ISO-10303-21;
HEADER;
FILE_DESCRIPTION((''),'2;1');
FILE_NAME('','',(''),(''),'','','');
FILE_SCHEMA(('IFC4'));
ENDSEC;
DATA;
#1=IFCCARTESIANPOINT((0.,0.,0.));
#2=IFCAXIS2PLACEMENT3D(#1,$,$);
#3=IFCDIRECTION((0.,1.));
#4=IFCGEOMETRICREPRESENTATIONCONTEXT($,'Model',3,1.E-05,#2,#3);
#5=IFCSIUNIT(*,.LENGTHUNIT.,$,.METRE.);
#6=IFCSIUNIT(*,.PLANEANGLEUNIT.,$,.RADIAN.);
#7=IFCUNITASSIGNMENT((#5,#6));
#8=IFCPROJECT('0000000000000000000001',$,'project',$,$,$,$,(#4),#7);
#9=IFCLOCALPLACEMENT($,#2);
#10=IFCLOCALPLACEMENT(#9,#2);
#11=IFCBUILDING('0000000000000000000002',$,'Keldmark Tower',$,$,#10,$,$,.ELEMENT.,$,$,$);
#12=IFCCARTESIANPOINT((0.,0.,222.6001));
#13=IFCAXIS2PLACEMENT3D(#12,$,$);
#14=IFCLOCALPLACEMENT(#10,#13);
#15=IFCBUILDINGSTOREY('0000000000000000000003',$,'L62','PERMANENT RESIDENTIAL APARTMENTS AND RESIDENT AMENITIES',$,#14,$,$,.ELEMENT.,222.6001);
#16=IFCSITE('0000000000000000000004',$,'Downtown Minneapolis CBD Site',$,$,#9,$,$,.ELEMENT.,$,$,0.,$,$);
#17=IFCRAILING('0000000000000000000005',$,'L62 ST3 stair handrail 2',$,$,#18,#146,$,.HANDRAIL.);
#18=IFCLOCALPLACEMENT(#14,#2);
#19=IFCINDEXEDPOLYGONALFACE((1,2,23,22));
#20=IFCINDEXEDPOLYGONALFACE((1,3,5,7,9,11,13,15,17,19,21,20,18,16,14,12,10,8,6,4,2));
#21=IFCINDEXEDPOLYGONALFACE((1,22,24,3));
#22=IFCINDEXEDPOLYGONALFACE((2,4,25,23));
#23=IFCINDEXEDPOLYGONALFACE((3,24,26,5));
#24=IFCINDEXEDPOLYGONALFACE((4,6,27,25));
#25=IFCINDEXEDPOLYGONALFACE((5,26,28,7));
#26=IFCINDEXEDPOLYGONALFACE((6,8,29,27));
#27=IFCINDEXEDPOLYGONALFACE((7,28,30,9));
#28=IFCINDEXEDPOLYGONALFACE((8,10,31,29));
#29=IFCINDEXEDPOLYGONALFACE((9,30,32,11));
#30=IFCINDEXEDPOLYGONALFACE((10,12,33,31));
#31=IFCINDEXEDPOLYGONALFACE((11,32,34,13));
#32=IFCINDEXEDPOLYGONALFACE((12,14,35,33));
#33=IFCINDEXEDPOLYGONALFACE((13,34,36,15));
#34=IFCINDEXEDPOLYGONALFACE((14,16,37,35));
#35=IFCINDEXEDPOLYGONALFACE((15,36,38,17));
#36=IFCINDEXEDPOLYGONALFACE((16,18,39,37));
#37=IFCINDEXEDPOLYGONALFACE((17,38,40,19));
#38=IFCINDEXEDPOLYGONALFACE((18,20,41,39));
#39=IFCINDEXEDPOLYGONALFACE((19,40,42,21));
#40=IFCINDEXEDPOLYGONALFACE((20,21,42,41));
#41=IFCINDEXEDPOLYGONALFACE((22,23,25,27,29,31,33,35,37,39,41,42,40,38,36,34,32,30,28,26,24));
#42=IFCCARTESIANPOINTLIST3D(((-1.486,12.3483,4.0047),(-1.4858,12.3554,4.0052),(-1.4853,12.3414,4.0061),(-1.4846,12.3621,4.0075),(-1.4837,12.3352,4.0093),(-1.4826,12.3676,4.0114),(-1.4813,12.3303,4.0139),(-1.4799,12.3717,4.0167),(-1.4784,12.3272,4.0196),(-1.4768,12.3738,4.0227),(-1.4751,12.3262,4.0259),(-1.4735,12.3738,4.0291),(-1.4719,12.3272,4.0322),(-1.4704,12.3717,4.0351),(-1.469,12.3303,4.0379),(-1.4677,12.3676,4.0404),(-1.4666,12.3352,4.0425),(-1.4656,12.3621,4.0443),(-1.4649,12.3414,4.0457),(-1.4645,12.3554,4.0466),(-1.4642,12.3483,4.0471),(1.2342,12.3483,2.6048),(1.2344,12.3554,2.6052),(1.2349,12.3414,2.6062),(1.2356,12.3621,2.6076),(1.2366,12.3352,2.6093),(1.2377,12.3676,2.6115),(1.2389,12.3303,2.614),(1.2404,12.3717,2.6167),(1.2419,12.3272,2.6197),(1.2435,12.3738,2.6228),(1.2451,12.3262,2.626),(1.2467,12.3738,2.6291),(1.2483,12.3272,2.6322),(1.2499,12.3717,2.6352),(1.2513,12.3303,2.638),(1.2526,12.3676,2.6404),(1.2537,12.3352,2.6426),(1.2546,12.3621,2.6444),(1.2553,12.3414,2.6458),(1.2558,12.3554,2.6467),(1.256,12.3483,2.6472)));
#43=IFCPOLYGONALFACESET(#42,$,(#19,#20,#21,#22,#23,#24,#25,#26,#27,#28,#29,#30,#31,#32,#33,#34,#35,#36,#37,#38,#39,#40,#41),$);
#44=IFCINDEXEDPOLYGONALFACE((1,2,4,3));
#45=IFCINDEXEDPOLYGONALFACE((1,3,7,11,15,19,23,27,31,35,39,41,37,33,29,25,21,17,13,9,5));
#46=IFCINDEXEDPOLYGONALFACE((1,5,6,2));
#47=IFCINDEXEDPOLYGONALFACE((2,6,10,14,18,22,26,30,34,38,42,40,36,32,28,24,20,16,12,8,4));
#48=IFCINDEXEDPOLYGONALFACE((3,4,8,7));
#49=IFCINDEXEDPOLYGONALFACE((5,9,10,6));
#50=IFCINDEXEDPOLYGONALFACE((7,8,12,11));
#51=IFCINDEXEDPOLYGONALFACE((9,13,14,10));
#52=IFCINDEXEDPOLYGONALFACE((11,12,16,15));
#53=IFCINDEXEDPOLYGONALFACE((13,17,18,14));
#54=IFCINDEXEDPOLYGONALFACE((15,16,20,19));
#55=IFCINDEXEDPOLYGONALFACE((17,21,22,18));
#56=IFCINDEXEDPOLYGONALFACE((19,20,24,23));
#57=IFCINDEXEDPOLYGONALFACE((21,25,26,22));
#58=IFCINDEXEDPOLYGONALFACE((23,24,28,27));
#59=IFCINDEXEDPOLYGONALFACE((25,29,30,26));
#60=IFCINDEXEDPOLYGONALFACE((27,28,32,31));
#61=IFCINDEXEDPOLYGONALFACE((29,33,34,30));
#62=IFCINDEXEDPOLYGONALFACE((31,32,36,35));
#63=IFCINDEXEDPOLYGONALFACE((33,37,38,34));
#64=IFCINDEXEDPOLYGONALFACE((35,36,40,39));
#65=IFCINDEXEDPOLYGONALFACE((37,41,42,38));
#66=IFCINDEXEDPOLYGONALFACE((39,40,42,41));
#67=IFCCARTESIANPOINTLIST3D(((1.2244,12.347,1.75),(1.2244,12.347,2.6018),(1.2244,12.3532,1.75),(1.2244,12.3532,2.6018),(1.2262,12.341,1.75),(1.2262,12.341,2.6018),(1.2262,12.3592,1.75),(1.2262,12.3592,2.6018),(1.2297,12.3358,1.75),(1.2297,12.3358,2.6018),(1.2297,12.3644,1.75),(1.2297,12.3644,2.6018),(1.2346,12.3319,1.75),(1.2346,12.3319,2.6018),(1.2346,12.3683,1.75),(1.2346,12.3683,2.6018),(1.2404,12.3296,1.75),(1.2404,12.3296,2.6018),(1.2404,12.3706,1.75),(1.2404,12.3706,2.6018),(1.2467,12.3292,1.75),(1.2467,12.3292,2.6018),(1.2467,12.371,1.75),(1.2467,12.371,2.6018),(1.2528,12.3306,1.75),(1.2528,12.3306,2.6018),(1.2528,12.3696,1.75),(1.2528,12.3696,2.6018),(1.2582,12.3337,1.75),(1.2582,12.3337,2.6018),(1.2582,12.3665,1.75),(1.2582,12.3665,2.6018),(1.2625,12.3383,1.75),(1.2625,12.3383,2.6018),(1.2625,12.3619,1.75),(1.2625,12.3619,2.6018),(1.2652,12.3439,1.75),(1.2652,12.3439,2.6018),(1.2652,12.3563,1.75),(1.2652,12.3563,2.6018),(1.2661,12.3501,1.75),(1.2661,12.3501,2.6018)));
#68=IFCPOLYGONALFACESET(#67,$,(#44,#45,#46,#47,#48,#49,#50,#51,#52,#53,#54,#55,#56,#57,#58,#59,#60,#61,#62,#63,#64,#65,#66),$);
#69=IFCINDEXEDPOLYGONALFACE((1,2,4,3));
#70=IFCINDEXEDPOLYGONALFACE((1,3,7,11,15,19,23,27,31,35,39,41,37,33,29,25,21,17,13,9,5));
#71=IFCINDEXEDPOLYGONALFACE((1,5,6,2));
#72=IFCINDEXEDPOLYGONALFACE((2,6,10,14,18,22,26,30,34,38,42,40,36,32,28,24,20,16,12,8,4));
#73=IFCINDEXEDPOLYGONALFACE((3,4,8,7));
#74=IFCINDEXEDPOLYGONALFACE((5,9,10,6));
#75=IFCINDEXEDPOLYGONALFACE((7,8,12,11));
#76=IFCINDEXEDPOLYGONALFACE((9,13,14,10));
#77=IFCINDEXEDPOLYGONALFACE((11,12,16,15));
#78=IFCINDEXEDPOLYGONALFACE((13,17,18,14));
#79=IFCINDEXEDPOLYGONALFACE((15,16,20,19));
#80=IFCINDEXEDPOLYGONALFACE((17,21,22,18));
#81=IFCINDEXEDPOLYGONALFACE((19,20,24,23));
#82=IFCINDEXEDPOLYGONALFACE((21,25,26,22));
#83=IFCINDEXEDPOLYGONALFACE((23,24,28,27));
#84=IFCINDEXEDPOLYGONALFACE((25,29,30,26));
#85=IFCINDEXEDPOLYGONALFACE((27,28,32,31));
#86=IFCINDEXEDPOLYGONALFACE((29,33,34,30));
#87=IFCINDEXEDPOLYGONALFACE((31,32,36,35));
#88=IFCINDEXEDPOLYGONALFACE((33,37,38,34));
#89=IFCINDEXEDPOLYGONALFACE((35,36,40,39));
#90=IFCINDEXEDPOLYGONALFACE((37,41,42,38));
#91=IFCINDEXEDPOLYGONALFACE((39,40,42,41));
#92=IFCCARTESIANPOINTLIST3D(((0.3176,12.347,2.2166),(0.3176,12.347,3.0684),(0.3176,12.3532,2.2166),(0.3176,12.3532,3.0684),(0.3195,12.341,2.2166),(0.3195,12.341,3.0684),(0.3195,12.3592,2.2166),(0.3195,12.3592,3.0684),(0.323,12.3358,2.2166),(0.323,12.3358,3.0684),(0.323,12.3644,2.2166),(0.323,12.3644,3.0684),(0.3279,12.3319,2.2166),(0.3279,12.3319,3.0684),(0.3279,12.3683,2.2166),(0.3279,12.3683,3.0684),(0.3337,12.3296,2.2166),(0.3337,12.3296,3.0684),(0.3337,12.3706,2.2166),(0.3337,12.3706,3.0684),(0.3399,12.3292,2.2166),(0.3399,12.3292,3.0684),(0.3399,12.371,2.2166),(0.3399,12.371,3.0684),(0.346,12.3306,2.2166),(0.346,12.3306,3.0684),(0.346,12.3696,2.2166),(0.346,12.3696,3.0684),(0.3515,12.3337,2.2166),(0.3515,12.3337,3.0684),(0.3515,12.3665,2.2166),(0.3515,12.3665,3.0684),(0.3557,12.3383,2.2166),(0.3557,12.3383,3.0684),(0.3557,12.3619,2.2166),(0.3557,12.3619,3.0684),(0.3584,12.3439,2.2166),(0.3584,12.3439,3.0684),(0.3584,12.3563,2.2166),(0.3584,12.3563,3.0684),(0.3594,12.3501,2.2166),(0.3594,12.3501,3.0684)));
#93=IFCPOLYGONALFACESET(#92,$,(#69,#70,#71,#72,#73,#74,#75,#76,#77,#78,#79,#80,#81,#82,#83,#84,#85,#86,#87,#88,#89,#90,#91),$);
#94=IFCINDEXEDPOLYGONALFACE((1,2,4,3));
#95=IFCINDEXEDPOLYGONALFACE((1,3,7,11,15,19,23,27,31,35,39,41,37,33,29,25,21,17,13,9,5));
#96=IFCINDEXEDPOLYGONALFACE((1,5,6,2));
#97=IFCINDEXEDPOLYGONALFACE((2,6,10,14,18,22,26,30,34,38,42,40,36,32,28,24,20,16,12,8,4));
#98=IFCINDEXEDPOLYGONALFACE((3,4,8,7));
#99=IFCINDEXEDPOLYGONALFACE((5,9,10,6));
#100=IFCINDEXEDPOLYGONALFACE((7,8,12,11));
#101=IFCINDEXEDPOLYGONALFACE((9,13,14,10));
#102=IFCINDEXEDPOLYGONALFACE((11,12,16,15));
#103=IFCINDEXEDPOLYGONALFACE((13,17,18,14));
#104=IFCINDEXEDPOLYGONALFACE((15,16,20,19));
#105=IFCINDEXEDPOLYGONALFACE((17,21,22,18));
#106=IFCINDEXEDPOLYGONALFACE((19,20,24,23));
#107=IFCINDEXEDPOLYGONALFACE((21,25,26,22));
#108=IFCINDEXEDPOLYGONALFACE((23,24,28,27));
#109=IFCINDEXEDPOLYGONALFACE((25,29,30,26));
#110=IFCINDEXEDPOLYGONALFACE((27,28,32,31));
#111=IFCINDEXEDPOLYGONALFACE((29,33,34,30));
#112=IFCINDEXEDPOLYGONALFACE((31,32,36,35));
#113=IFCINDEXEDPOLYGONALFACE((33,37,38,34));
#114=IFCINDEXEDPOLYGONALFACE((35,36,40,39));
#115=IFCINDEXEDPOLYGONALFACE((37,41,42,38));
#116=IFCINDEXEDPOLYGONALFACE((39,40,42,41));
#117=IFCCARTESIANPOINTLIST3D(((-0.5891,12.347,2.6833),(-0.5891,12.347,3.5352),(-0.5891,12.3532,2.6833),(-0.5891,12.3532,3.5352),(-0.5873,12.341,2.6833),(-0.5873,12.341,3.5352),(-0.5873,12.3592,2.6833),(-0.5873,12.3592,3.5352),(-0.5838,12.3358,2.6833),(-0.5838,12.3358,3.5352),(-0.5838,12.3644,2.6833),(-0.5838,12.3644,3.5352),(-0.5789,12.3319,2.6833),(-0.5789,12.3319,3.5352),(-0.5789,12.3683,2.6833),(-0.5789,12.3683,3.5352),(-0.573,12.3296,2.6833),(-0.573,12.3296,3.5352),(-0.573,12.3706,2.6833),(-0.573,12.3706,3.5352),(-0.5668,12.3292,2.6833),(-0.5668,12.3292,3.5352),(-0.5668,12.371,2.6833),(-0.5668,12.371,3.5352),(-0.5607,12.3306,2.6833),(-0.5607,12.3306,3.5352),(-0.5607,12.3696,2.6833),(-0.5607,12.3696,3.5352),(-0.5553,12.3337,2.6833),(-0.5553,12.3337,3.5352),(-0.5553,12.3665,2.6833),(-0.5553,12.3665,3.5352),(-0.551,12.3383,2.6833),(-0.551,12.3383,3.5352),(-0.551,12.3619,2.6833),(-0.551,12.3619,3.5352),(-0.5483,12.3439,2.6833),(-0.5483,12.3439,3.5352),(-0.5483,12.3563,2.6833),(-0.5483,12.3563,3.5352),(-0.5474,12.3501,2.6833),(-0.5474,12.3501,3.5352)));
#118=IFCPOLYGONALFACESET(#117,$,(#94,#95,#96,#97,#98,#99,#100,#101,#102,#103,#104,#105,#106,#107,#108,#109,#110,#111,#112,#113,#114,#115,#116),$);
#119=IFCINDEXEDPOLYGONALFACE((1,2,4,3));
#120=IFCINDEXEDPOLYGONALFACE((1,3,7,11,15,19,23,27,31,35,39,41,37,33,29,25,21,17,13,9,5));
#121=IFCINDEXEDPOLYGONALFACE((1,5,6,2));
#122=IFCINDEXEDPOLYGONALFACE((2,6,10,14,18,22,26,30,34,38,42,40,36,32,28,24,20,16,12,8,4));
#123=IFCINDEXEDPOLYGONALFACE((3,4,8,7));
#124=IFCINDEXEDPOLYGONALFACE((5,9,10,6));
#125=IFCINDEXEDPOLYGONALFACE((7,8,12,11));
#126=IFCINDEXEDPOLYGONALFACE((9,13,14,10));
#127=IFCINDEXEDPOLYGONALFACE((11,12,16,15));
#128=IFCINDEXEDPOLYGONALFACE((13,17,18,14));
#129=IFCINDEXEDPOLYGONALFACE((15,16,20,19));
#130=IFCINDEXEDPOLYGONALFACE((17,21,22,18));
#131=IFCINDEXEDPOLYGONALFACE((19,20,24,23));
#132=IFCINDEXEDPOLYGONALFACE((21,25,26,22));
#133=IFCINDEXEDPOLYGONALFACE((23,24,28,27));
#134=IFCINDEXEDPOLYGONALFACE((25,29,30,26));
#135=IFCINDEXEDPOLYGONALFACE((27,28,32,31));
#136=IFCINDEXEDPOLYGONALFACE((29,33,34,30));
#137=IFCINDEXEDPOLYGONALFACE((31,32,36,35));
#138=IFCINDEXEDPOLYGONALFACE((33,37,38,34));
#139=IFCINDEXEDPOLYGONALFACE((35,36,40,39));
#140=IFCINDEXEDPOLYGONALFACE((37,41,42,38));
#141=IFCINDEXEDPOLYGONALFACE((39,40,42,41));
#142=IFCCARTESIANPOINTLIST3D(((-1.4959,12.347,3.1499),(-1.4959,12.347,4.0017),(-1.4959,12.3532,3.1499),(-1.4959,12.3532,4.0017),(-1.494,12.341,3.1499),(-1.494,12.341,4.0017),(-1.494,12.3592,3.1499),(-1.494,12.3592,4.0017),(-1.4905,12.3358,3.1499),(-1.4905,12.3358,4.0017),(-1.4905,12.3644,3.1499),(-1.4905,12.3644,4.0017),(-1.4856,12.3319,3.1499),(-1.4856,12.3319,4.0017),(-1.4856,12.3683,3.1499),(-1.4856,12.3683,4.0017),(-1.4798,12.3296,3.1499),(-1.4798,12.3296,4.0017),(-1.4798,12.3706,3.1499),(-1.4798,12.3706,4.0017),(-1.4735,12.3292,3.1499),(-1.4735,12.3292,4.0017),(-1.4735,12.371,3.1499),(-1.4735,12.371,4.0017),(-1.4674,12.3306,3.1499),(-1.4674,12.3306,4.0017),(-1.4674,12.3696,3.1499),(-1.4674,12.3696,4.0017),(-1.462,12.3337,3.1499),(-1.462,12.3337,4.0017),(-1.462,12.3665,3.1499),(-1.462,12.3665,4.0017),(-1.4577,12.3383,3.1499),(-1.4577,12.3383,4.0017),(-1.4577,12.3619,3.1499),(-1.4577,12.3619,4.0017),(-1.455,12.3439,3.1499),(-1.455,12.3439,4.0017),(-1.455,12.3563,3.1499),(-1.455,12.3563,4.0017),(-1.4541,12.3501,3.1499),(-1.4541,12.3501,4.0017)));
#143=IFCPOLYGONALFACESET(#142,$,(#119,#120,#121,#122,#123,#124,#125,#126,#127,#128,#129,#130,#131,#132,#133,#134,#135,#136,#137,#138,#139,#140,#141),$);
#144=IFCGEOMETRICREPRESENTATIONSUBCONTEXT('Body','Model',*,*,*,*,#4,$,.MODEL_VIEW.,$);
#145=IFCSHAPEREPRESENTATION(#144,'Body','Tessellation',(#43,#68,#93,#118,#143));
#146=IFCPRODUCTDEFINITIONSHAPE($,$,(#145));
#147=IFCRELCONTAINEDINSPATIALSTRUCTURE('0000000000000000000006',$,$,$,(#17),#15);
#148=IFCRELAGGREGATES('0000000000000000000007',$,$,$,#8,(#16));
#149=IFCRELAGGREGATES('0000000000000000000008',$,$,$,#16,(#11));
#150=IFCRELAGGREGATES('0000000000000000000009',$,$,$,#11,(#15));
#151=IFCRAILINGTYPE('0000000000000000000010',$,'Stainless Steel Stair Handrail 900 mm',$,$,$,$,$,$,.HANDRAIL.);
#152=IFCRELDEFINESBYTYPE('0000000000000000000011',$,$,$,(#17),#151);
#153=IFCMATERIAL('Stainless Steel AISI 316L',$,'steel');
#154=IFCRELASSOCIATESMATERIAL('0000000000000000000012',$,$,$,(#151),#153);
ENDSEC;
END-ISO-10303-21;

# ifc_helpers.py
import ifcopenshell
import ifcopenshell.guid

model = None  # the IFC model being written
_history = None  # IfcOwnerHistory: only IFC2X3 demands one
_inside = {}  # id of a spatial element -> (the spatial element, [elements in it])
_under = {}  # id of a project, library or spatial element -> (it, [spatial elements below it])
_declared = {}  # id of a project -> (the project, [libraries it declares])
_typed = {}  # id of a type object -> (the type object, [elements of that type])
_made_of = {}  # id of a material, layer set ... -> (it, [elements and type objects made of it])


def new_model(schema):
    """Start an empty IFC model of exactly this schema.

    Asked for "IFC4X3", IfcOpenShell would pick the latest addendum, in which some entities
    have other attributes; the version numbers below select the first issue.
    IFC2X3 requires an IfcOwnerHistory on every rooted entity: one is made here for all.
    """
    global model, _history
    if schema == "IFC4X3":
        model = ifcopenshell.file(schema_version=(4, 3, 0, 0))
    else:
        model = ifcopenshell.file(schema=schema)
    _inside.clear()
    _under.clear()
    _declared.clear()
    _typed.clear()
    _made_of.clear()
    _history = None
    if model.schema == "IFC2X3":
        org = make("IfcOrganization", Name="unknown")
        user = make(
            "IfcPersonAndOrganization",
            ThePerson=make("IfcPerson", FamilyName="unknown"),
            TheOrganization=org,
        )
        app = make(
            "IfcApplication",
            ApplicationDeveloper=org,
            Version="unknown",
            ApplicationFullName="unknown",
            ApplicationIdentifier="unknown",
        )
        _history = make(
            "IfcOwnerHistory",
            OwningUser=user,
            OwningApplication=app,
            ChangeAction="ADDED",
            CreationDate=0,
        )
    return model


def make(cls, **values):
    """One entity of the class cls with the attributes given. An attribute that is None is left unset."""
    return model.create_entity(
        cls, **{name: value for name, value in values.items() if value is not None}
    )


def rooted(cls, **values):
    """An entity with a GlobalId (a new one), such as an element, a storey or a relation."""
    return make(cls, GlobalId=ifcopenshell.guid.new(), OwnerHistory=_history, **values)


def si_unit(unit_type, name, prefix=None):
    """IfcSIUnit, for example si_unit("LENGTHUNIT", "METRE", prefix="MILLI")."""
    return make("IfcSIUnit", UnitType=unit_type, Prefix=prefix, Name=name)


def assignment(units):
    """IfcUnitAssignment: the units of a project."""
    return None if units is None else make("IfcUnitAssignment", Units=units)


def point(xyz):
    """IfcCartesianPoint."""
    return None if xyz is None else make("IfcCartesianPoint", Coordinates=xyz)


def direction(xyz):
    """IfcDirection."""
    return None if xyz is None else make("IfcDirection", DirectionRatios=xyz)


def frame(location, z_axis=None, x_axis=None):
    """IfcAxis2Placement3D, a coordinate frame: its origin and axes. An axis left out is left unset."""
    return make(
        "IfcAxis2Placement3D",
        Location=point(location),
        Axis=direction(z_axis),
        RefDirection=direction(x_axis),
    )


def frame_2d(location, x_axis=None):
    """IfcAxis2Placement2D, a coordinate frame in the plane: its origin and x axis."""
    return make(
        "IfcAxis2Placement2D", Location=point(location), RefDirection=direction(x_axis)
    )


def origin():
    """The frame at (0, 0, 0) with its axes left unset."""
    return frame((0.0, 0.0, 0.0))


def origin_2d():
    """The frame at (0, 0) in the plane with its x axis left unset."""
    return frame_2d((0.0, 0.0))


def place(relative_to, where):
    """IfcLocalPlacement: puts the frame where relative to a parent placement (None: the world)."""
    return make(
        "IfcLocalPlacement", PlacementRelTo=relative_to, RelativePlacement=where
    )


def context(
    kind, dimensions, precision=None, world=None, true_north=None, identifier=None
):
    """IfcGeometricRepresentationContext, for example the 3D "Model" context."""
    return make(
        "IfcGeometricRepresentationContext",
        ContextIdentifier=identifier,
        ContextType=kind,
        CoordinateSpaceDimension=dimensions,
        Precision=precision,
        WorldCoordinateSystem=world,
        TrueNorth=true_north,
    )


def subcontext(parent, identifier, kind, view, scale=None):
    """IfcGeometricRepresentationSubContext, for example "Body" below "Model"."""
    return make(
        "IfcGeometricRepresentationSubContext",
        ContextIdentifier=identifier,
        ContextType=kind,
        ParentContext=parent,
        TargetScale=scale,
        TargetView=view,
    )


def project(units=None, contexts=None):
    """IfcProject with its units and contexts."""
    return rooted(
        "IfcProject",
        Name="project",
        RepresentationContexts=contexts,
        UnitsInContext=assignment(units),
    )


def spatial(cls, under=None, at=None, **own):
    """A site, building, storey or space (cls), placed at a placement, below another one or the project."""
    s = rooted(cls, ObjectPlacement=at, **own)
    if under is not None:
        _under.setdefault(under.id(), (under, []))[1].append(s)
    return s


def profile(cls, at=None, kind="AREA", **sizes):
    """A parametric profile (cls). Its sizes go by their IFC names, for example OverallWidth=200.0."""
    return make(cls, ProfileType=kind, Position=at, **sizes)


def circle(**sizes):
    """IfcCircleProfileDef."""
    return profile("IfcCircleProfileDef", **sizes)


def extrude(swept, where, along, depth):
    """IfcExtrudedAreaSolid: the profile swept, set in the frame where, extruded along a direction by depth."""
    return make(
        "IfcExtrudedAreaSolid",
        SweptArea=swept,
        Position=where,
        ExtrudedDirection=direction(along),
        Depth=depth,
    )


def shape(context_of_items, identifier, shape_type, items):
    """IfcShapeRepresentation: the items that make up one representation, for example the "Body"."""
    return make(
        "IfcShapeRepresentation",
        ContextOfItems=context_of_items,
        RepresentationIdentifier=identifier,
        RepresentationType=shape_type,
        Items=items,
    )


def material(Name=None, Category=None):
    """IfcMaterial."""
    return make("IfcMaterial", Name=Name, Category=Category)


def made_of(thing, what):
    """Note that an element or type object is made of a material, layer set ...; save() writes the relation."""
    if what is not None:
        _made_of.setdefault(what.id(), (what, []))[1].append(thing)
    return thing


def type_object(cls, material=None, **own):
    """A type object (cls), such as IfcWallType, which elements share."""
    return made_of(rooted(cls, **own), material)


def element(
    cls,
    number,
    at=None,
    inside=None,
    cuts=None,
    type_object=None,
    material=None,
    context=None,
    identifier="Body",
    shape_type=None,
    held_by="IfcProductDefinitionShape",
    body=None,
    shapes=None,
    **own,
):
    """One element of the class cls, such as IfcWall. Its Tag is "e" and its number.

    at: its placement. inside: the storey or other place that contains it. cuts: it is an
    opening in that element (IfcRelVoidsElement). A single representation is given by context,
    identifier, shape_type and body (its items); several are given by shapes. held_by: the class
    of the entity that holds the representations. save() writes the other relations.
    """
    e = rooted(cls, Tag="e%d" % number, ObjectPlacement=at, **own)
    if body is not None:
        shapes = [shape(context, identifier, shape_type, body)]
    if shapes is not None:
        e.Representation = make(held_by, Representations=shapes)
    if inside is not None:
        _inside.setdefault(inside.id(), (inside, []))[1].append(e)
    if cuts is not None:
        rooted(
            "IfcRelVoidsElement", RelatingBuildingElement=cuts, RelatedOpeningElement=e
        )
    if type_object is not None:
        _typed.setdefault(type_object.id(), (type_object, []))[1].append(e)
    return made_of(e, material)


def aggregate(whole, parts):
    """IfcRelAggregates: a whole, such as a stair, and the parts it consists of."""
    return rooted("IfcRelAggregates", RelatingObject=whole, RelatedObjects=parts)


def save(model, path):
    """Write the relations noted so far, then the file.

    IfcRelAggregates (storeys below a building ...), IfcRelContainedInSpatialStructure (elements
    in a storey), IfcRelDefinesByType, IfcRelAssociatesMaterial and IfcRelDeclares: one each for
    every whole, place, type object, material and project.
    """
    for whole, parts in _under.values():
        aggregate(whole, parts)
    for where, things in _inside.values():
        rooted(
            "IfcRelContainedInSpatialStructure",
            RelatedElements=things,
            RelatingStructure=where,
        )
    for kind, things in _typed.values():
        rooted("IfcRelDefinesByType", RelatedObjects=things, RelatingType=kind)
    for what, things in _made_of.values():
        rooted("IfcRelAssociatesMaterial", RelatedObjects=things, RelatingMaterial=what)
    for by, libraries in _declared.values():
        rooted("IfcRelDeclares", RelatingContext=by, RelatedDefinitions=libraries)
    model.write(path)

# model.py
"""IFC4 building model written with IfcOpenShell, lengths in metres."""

from ifc_helpers import new_model, si_unit, direction, frame, origin, origin_2d, place, context, subcontext, project, spatial, circle, extrude, material, type_object, element, save


model = new_model("IFC4")

# Units and contexts
model_context = context("Model", 3, precision=1e-05, world=origin(), true_north=direction((0.0, 1.0)))
body_context = subcontext(model_context, "Body", "Model", "MODEL_VIEW")
ifc_project = project(units=[si_unit("LENGTHUNIT", "METRE"), si_unit("PLANEANGLEUNIT", "RADIAN")], contexts=[model_context])

# Site, building, storey
site_placement = place(None, origin())
site = spatial("IfcSite", under=ifc_project, at=site_placement, Name="Downtown Minneapolis CBD Site", CompositionType="ELEMENT", RefElevation=0.0)
building_placement = place(site_placement, origin())
building = spatial("IfcBuilding", under=site, at=building_placement, Name="Keldmark Tower", CompositionType="ELEMENT")
storey_placement = place(building_placement, frame((0.0, 0.0, 222.6001)))
storey = spatial("IfcBuildingStorey", under=building, at=storey_placement, Name="L62", Description="PERMANENT RESIDENTIAL APARTMENTS AND RESIDENT AMENITIES", CompositionType="ELEMENT", Elevation=222.6001)

# Railing
ifc_material_1 = material(Name="Stainless Steel AISI 316L", Category="steel")
railing_type_1 = type_object("IfcRailingType", Name="Stainless Steel Stair Handrail 900 mm", PredefinedType="HANDRAIL", material=ifc_material_1)
railing_1_placement = place(storey_placement, frame((1.2451, 12.3501, 1.75)))
element("IfcRailing", 1, at=railing_1_placement, inside=storey, type_object=railing_type_1, Name="L62 ST3 stair handrail 2", PredefinedType="HANDRAIL", context=body_context, shape_type="SweptSolid", body=[
    extrude(circle(Radius=0.0239, at=origin_2d()), frame((0.0, 0.0, 0.876), z_axis=(-0.889164, 0.0, 0.45759), x_axis=(0.0, -1.0, 0.0)), (0.0, 0.0, 1.0), 3.0593),
    extrude(circle(Radius=0.021, at=origin_2d()), origin(), (0.0, 0.0, 1.0), 0.8518),
    extrude(circle(Radius=0.021, at=origin_2d()), frame((-0.9067, 0.0, 0.4666)), (0.0, 0.0, 1.0), 0.8518),
    extrude(circle(Radius=0.021, at=origin_2d()), frame((-1.8135, 0.0, 0.9333)), (0.0, 0.0, 1.0), 0.8518),
    extrude(circle(Radius=0.021, at=origin_2d()), frame((-2.7202, 0.0, 1.3999)), (0.0, 0.0, 1.0), 0.8518),
])

save(model, "model.ifc")
